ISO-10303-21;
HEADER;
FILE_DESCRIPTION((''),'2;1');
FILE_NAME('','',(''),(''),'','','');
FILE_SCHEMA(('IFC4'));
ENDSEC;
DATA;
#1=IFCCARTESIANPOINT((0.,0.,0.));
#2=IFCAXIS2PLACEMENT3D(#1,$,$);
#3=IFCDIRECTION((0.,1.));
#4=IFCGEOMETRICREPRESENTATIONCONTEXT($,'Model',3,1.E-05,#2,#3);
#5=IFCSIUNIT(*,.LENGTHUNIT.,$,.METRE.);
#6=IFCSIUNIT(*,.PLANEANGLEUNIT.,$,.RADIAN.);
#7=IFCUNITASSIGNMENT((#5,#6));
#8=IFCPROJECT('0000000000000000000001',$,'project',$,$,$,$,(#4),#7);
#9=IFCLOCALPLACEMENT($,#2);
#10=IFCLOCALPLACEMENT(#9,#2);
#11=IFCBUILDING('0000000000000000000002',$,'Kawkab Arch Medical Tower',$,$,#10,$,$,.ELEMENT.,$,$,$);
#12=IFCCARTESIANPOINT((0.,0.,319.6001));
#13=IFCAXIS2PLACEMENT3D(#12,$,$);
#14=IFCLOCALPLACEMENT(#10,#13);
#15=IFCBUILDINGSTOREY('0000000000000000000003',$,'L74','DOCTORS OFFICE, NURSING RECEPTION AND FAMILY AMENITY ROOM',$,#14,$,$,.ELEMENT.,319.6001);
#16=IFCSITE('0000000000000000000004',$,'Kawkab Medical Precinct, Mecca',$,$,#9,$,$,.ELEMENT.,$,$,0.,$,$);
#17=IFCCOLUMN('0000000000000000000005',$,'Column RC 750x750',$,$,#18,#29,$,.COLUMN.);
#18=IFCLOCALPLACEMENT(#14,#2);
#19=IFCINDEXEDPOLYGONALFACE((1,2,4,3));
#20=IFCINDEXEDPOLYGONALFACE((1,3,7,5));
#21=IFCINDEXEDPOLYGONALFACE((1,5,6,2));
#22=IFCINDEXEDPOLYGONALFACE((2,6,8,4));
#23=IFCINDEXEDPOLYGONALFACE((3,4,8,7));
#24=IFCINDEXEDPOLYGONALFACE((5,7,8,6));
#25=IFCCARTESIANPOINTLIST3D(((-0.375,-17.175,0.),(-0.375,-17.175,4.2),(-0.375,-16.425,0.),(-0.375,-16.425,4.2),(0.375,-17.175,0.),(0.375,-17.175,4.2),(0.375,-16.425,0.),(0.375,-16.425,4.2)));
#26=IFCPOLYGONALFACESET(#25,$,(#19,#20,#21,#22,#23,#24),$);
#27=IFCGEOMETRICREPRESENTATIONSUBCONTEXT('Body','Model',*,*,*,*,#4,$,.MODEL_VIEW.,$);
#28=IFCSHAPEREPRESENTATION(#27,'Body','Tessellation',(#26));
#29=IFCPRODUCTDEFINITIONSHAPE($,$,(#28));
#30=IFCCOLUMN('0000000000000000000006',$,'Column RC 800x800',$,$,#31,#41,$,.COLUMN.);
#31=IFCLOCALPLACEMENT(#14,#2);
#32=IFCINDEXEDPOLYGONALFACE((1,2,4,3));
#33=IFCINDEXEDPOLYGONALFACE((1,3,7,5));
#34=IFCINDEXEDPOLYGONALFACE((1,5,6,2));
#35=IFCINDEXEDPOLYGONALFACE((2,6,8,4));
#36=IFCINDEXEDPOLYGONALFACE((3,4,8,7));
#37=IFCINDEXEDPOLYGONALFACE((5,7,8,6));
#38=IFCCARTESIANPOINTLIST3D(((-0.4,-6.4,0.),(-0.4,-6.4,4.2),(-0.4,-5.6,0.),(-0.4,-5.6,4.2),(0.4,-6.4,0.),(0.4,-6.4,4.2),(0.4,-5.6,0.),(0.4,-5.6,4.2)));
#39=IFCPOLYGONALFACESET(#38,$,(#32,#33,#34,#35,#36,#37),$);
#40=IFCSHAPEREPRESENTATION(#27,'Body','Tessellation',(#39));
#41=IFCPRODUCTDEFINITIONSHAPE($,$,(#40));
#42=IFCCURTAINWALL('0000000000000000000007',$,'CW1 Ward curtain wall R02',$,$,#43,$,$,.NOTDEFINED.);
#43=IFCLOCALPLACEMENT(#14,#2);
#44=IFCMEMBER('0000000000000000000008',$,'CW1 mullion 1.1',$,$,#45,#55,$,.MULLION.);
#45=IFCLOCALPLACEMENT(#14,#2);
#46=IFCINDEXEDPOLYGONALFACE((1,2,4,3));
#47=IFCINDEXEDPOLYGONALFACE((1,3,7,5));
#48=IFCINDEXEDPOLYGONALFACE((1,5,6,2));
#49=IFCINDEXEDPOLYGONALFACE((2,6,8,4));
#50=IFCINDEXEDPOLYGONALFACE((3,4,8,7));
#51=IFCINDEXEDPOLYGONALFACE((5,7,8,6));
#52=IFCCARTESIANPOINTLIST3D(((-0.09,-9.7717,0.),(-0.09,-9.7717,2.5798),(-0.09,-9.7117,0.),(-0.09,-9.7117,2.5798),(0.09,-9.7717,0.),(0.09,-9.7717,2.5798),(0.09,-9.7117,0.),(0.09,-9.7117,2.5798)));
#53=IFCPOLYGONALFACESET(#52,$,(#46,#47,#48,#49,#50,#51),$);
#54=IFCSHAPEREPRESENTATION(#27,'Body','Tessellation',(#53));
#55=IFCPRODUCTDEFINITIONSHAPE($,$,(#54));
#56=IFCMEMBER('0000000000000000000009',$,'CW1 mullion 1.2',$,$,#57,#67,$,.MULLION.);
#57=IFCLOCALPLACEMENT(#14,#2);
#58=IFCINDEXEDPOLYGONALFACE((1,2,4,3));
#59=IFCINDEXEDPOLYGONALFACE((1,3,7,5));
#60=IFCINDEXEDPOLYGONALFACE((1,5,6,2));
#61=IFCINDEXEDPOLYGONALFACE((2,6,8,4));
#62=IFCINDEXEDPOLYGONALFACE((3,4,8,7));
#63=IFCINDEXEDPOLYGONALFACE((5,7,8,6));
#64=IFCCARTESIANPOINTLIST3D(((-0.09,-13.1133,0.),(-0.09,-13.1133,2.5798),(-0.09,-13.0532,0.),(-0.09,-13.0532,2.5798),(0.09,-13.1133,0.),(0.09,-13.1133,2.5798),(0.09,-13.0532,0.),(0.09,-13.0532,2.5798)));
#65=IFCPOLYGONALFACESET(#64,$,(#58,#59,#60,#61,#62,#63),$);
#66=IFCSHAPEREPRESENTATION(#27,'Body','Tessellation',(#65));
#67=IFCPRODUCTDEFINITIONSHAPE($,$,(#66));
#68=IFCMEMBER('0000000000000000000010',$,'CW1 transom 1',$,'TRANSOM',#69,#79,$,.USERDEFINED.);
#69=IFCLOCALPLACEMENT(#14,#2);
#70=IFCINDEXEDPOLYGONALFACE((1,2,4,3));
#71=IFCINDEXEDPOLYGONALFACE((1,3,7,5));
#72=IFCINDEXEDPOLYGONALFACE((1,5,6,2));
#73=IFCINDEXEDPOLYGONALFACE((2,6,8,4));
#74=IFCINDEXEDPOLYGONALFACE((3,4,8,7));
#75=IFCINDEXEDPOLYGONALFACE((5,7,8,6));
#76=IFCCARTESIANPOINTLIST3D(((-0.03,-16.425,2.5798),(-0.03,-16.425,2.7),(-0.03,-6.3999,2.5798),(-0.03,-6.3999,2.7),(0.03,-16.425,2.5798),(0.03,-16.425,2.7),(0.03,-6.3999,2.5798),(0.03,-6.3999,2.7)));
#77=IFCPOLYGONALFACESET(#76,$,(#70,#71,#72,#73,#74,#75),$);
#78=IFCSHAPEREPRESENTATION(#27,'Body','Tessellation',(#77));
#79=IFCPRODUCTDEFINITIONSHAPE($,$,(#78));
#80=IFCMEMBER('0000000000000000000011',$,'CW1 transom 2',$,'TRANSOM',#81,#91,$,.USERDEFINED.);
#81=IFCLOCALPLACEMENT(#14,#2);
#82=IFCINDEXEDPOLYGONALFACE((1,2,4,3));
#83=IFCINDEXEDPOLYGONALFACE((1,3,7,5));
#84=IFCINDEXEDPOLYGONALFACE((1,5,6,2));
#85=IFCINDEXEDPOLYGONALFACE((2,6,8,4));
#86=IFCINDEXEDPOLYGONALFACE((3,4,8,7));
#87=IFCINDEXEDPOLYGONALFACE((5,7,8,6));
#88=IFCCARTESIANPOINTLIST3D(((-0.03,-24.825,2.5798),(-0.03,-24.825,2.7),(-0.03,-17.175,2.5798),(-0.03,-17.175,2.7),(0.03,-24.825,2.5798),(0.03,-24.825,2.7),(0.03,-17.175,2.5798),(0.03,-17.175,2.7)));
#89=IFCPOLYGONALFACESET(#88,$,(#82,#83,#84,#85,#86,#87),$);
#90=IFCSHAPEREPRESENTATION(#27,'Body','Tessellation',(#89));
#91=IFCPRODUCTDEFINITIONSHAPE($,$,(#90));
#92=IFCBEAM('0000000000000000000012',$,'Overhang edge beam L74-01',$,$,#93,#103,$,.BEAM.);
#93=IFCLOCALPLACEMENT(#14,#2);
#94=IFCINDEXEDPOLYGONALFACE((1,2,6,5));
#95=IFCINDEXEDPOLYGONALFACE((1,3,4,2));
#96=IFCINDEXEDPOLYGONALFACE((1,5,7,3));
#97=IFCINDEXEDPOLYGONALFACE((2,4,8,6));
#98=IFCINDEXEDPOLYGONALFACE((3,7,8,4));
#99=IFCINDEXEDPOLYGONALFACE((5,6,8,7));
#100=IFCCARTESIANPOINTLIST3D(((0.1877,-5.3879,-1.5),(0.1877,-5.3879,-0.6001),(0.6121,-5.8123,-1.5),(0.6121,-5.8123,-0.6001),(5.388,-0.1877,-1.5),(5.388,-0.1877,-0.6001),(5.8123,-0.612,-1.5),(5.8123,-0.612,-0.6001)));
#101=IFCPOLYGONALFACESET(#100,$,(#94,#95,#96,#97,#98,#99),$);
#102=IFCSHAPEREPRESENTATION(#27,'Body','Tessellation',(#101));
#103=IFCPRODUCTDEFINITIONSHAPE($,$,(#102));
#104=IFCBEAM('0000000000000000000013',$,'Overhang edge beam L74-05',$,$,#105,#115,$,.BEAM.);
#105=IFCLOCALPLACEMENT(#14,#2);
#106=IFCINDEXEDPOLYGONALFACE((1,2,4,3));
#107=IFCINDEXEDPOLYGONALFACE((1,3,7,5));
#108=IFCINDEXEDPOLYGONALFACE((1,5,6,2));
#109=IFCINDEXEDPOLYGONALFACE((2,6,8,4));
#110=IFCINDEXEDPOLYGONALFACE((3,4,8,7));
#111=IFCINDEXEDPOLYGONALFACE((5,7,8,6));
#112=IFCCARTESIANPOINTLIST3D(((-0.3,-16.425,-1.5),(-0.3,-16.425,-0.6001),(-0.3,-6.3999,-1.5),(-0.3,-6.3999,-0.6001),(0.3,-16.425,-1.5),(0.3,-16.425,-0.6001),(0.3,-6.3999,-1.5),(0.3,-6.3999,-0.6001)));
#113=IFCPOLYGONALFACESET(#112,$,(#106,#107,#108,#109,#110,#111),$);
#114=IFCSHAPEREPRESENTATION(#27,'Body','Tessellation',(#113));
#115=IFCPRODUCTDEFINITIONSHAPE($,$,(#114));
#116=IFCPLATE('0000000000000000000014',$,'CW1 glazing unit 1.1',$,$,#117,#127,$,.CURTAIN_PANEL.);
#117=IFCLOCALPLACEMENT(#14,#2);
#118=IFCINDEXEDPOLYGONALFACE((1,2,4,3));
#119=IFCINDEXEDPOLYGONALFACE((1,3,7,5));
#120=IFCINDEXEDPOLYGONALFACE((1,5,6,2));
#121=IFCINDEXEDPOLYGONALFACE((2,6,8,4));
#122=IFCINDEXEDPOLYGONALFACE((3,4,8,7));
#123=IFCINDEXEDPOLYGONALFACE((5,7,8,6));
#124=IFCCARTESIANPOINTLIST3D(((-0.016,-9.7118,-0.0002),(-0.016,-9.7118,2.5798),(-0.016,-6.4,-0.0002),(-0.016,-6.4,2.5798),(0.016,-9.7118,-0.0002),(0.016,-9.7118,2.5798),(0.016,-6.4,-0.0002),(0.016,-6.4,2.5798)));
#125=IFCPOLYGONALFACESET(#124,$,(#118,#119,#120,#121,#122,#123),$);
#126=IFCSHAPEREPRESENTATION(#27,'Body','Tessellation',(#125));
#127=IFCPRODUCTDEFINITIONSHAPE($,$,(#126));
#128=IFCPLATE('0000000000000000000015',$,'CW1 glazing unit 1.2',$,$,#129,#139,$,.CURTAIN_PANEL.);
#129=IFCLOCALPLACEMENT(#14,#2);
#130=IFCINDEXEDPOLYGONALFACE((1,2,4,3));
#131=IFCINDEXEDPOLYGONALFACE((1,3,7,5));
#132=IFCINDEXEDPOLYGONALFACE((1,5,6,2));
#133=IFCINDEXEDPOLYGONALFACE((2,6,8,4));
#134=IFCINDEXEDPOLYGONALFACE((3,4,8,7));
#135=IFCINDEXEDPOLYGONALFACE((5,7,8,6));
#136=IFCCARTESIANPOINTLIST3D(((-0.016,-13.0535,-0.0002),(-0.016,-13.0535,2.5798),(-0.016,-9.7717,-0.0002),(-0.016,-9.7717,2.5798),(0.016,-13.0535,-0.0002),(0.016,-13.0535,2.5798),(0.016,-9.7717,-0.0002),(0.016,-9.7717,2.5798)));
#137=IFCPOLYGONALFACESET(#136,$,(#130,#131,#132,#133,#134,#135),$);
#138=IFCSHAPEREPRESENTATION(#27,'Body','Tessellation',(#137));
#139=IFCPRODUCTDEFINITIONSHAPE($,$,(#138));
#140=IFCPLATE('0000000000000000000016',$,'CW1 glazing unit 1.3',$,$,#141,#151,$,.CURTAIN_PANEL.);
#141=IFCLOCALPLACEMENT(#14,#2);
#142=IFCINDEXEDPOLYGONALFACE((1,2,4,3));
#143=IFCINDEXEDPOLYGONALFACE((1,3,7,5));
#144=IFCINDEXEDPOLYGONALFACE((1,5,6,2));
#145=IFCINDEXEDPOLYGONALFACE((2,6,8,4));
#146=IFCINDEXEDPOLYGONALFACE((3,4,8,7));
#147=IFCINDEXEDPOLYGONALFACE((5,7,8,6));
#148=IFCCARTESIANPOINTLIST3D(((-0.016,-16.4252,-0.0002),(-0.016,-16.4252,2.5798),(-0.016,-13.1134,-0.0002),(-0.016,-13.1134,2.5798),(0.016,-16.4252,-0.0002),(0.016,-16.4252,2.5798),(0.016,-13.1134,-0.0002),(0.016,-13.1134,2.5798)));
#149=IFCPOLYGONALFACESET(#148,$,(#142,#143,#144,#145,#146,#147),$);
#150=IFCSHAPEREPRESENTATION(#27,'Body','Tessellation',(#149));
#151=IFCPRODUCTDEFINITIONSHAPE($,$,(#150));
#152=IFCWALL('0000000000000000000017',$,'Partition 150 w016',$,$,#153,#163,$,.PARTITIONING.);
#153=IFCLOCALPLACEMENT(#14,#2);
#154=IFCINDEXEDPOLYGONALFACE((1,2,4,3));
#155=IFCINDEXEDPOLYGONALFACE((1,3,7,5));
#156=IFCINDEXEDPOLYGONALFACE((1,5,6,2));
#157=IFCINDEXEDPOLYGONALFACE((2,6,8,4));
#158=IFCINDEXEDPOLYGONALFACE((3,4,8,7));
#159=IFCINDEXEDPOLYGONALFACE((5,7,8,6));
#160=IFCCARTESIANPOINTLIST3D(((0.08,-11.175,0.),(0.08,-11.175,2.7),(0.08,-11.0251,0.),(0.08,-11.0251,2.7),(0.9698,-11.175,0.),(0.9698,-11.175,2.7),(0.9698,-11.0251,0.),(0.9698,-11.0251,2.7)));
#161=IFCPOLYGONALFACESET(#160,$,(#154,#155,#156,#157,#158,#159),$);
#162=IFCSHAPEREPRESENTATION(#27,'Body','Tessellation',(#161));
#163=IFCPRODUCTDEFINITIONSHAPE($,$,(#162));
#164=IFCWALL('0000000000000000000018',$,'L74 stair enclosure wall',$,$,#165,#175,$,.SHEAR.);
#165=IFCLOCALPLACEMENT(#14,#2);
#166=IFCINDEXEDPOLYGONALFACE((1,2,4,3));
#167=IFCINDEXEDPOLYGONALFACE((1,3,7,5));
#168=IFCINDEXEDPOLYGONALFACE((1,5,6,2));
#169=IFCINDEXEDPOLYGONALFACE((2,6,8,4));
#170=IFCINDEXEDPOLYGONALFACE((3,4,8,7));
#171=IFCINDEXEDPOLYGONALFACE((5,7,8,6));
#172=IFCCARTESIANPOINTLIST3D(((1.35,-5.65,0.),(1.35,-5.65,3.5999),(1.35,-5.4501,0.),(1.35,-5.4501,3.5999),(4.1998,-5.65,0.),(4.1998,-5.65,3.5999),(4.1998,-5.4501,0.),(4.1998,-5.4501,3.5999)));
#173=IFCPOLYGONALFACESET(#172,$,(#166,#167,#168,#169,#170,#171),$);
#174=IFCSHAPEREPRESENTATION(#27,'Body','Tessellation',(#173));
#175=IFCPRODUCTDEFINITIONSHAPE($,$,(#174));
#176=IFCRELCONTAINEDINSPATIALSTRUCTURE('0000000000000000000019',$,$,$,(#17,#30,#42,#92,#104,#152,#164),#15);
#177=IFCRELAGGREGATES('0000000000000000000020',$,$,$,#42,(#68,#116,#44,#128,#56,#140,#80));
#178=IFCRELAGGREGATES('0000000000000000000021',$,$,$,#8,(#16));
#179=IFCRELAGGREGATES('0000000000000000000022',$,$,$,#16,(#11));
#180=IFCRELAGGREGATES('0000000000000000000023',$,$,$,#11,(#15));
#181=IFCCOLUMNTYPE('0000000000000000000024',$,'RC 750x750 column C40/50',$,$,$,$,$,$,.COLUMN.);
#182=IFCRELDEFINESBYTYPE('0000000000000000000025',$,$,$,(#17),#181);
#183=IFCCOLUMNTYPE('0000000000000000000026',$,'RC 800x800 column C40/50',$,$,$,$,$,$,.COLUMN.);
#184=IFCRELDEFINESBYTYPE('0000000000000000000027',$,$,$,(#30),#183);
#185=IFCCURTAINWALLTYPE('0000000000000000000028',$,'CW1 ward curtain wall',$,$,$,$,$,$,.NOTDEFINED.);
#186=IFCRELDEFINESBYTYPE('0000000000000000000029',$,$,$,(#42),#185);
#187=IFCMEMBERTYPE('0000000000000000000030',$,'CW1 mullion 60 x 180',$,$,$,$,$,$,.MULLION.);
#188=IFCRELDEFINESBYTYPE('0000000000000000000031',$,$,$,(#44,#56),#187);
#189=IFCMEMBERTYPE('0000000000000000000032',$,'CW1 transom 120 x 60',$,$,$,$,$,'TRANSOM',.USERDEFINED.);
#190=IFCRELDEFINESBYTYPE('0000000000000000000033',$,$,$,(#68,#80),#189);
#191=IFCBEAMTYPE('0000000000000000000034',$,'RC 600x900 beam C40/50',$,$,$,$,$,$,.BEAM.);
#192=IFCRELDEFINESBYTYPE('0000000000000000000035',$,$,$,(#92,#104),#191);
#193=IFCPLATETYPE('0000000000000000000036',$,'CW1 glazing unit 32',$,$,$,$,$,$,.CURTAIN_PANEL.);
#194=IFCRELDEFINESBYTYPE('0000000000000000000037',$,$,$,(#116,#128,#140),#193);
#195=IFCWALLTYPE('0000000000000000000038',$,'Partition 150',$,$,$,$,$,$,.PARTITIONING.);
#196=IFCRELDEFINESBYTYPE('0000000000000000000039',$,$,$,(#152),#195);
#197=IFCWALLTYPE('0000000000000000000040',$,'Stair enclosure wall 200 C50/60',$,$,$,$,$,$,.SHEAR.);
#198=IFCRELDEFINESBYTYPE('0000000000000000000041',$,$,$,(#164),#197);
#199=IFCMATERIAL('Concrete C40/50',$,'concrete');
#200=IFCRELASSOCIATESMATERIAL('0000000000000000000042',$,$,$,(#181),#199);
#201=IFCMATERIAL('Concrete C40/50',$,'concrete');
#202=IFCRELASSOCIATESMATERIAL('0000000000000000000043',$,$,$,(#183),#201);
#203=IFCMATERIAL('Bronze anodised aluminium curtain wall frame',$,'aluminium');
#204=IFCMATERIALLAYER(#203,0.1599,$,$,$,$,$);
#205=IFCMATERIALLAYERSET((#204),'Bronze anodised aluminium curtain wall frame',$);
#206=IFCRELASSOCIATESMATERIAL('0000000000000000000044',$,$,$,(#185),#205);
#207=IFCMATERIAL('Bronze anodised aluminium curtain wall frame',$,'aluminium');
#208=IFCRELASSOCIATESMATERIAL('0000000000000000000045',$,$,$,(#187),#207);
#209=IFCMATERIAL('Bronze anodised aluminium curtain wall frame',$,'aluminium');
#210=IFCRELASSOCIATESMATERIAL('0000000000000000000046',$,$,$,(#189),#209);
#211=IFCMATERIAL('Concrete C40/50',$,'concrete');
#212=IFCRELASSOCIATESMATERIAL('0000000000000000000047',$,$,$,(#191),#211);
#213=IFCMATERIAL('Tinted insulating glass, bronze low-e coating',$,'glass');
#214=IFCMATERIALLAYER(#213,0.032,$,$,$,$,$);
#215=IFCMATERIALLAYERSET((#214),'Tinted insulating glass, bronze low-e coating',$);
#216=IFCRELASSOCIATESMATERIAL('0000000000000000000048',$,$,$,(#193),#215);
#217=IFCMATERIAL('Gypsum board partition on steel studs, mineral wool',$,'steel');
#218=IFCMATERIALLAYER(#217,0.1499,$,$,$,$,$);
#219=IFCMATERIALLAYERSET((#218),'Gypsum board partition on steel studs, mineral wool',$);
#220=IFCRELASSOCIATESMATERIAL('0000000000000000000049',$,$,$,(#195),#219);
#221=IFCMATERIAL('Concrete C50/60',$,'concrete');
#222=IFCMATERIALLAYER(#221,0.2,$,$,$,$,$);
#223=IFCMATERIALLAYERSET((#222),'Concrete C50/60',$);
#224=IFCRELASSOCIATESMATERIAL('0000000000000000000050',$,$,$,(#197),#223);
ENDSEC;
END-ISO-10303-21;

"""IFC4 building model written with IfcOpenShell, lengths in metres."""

from ifc_helpers import new_model, si_unit, direction, frame, frame_2d, origin, origin_2d, place, context, subcontext, project, spatial, rectangle, extrude, material, layer, layer_set, material_profile, profile_set, type_object, element, aggregate, save


model = new_model("IFC4")

# Units and contexts
model_context = context("Model", 3, precision=1e-05, world=origin(), true_north=direction((0.0, 1.0)))
body_context = subcontext(model_context, "Body", "Model", "MODEL_VIEW")
ifc_project = project(units=[si_unit("LENGTHUNIT", "METRE"), si_unit("PLANEANGLEUNIT", "RADIAN")], contexts=[model_context])

# Site, building, storey
site_placement = place(None, origin())
site = spatial("IfcSite", under=ifc_project, at=site_placement, Name="Kawkab Medical Precinct, Mecca", CompositionType="ELEMENT", RefElevation=0.0)
building_placement = place(site_placement, origin())
building = spatial("IfcBuilding", under=site, at=building_placement, Name="Kawkab Arch Medical Tower", CompositionType="ELEMENT")
storey_placement = place(building_placement, frame((0.0, 0.0, 319.6001)))
storey = spatial("IfcBuildingStorey", under=building, at=storey_placement, Name="L74", Description="DOCTORS OFFICE, NURSING RECEPTION AND FAMILY AMENITY ROOM", CompositionType="ELEMENT", Elevation=319.6001)

# Columns
ifc_material_1 = material(Name="Concrete C40/50", Category="concrete")
ifc_material_profile_1 = material_profile(ifc_material_1, rectangle(XDim=0.75, YDim=0.75, at=origin_2d()), Name="RC 750x750")
ifc_profile_set_1 = profile_set([ifc_material_profile_1], Name="Concrete C40/50")
column_type_1 = type_object("IfcColumnType", Name="RC 750x750 column C40/50", PredefinedType="COLUMN", material=ifc_profile_set_1)
column_1_placement = place(storey_placement, frame((0.0, -16.8, 0.0), z_axis=(0.0, 0.0, 1.0), x_axis=(1.0, 0.0, 0.0)))
element("IfcColumn", 1, at=column_1_placement, inside=storey, type_object=column_type_1, Name="Column RC 750x750", PredefinedType="COLUMN", context=body_context, shape_type="SweptSolid", body=[
    extrude(rectangle(XDim=0.75, YDim=0.75, at=origin_2d()), origin(), (0.0, 0.0, 1.0), 4.2),
])
ifc_material_2 = material(Name="Concrete C40/50", Category="concrete")
ifc_material_profile_2 = material_profile(ifc_material_2, rectangle(XDim=0.8, YDim=0.8, at=origin_2d()), Name="RC 800x800")
ifc_profile_set_2 = profile_set([ifc_material_profile_2], Name="Concrete C40/50")
column_type_2 = type_object("IfcColumnType", Name="RC 800x800 column C40/50", PredefinedType="COLUMN", material=ifc_profile_set_2)
column_2_placement = place(storey_placement, frame((0.0, -6.0, 0.0), z_axis=(0.0, 0.0, 1.0), x_axis=(1.0, 0.0, 0.0)))
element("IfcColumn", 2, at=column_2_placement, inside=storey, type_object=column_type_2, Name="Column RC 800x800", PredefinedType="COLUMN", context=body_context, shape_type="SweptSolid", body=[
    extrude(rectangle(XDim=0.8, YDim=0.8, at=origin_2d()), origin(), (0.0, 0.0, 1.0), 4.2),
])

# Curtain wall, members
ifc_material_3 = material(Name="Bronze anodised aluminium curtain wall frame", Category="aluminium")
ifc_layer_1 = layer(ifc_material_3, 0.1599)
ifc_layer_set_1 = layer_set([ifc_layer_1], Name="Bronze anodised aluminium curtain wall frame")
curtain_wall_type = type_object("IfcCurtainWallType", Name="CW1 ward curtain wall", PredefinedType="NOTDEFINED", material=ifc_layer_set_1)
curtain_wall_placement = place(storey_placement, origin())
curtain_wall = element("IfcCurtainWall", 3, at=curtain_wall_placement, inside=storey, type_object=curtain_wall_type, Name="CW1 Ward curtain wall R02", PredefinedType="NOTDEFINED")
ifc_material_4 = material(Name="Bronze anodised aluminium curtain wall frame", Category="aluminium")
ifc_material_profile_3 = material_profile(ifc_material_4, rectangle(XDim=0.1799, YDim=0.0601, at=origin_2d()), Name="AL 60x180")
ifc_profile_set_3 = profile_set([ifc_material_profile_3], Name="Bronze anodised aluminium curtain wall frame")
member_type_1 = type_object("IfcMemberType", Name="CW1 mullion 60 x 180", PredefinedType="MULLION", material=ifc_profile_set_3)
member_1_placement = place(storey_placement, frame((0.0, -9.7417, 0.0), z_axis=(0.0, 0.0, 1.0), x_axis=(1.0, 0.0, 0.0)))
member_1 = element("IfcMember", 4, at=member_1_placement, type_object=member_type_1, Name="CW1 mullion 1.1", PredefinedType="MULLION", context=body_context, shape_type="SweptSolid", body=[
    extrude(rectangle(XDim=0.1799, YDim=0.0601, at=origin_2d()), origin(), (0.0, 0.0, 1.0), 2.5798),
])
member_2_placement = place(storey_placement, frame((0.0, -13.0833, 0.0), z_axis=(0.0, 0.0, 1.0), x_axis=(1.0, 0.0, 0.0)))
member_2 = element("IfcMember", 5, at=member_2_placement, type_object=member_type_1, Name="CW1 mullion 1.2", PredefinedType="MULLION", context=body_context, shape_type="SweptSolid", body=[
    extrude(rectangle(XDim=0.1799, YDim=0.0601, at=origin_2d()), origin(), (0.0, 0.0, 1.0), 2.5798),
])
ifc_material_5 = material(Name="Bronze anodised aluminium curtain wall frame", Category="aluminium")
ifc_material_profile_4 = material_profile(ifc_material_5, rectangle(XDim=0.0601, YDim=0.1201, at=origin_2d()), Name="AL 60x120")
ifc_profile_set_4 = profile_set([ifc_material_profile_4], Name="Bronze anodised aluminium curtain wall frame")
member_type_2 = type_object("IfcMemberType", Name="CW1 transom 120 x 60", ElementType="TRANSOM", PredefinedType="USERDEFINED", material=ifc_profile_set_4)
member_3_placement = place(storey_placement, frame((0.0, -6.3999, 2.6399), z_axis=(0.0, -1.0, 0.0), x_axis=(1.0, 0.0, 0.0)))
member_3 = element("IfcMember", 6, at=member_3_placement, type_object=member_type_2, Name="CW1 transom 1", ObjectType="TRANSOM", PredefinedType="USERDEFINED", context=body_context, shape_type="SweptSolid", body=[
    extrude(rectangle(XDim=0.0601, YDim=0.1201, at=origin_2d()), origin(), (0.0, 0.0, 1.0), 10.0251),
])
member_4_placement = place(storey_placement, frame((0.0, -17.175, 2.6399), z_axis=(0.0, -1.0, 0.0), x_axis=(1.0, 0.0, 0.0)))
member_4 = element("IfcMember", 7, at=member_4_placement, type_object=member_type_2, Name="CW1 transom 2", ObjectType="TRANSOM", PredefinedType="USERDEFINED", context=body_context, shape_type="SweptSolid", body=[
    extrude(rectangle(XDim=0.0601, YDim=0.1201, at=origin_2d()), origin(), (0.0, 0.0, 1.0), 7.6499),
])

# Beams
ifc_material_6 = material(Name="Concrete C40/50", Category="concrete")
ifc_material_profile_5 = material_profile(ifc_material_6, rectangle(XDim=0.6001, YDim=0.8999, at=origin_2d()), Name="RC 600x900")
ifc_profile_set_5 = profile_set([ifc_material_profile_5], Name="Concrete C40/50")
beam_type = type_object("IfcBeamType", Name="RC 600x900 beam C40/50", PredefinedType="BEAM", material=ifc_profile_set_5)
beam_1_placement = place(storey_placement, frame((0.3999, -5.6001, -1.05), z_axis=(0.707107, 0.707107, 0.0), x_axis=(-0.707107, 0.707107, 0.0)))
element("IfcBeam", 8, at=beam_1_placement, inside=storey, type_object=beam_type, Name="Overhang edge beam L74-01", PredefinedType="BEAM", context=body_context, shape_type="SweptSolid", body=[
    extrude(rectangle(XDim=0.6001, YDim=0.8999, at=origin_2d()), origin(), (0.0, 0.0, 1.0), 7.3542),
])
beam_2_placement = place(storey_placement, frame((0.0, -16.425, -1.05), z_axis=(0.0, 1.0, 0.0), x_axis=(-1.0, 0.0, 0.0)))
element("IfcBeam", 9, at=beam_2_placement, inside=storey, type_object=beam_type, Name="Overhang edge beam L74-05", PredefinedType="BEAM", context=body_context, shape_type="SweptSolid", body=[
    extrude(rectangle(XDim=0.6001, YDim=0.8999, at=origin_2d()), origin(), (0.0, 0.0, 1.0), 10.0251),
])

# Plates
ifc_material_7 = material(Name="Tinted insulating glass, bronze low-e coating", Category="glass")
ifc_layer_2 = layer(ifc_material_7, 0.032)
ifc_layer_set_2 = layer_set([ifc_layer_2], Name="Tinted insulating glass, bronze low-e coating")
plate_type = type_object("IfcPlateType", Name="CW1 glazing unit 32", PredefinedType="CURTAIN_PANEL", material=ifc_layer_set_2)
plate_1_placement = place(storey_placement, frame((0.0, -8.0559, -0.0002), z_axis=(0.0, 0.0, 1.0), x_axis=(0.0, -1.0, 0.0)))
plate_1 = element("IfcPlate", 10, at=plate_1_placement, type_object=plate_type, Name="CW1 glazing unit 1.1", PredefinedType="CURTAIN_PANEL", context=body_context, shape_type="SweptSolid", body=[
    extrude(rectangle(XDim=3.3118, YDim=0.032, at=origin_2d()), origin(), (0.0, 0.0, 1.0), 2.5801),
])
plate_2_placement = place(storey_placement, frame((0.0, -11.4126, -0.0002), z_axis=(0.0, 0.0, 1.0), x_axis=(0.0, -1.0, 0.0)))
plate_2 = element("IfcPlate", 11, at=plate_2_placement, type_object=plate_type, Name="CW1 glazing unit 1.2", PredefinedType="CURTAIN_PANEL", context=body_context, shape_type="SweptSolid", body=[
    extrude(rectangle(XDim=3.2817, YDim=0.032, at=origin_2d()), origin(), (0.0, 0.0, 1.0), 2.5801),
])
plate_3_placement = place(storey_placement, frame((0.0, -14.7693, -0.0002), z_axis=(0.0, 0.0, 1.0), x_axis=(0.0, -1.0, 0.0)))
plate_3 = element("IfcPlate", 12, at=plate_3_placement, type_object=plate_type, Name="CW1 glazing unit 1.3", PredefinedType="CURTAIN_PANEL", context=body_context, shape_type="SweptSolid", body=[
    extrude(rectangle(XDim=3.3118, YDim=0.032, at=origin_2d()), origin(), (0.0, 0.0, 1.0), 2.5801),
])
aggregate(curtain_wall, [member_3, plate_1, member_1, plate_2, member_2, plate_3, member_4])

# Walls
ifc_material_8 = material(Name="Gypsum board partition on steel studs, mineral wool", Category="steel")
ifc_layer_3 = layer(ifc_material_8, 0.1499)
ifc_layer_set_3 = layer_set([ifc_layer_3], Name="Gypsum board partition on steel studs, mineral wool")
wall_type_1 = type_object("IfcWallType", Name="Partition 150", PredefinedType="PARTITIONING", material=ifc_layer_set_3)
wall_1_placement = place(storey_placement, frame((0.0801, -11.1001, 0.0), z_axis=(0.0, 0.0, 1.0), x_axis=(1.0, 0.0, 0.0)))
element("IfcWall", 13, at=wall_1_placement, inside=storey, type_object=wall_type_1, Name="Partition 150 w016", PredefinedType="PARTITIONING", context=body_context, shape_type="SweptSolid", body=[
    extrude(rectangle(XDim=0.8899, YDim=0.1499, at=frame_2d((0.4448, 0.0))), origin(), (0.0, 0.0, 1.0), 2.7),
])
ifc_material_9 = material(Name="Concrete C50/60", Category="concrete")
ifc_layer_4 = layer(ifc_material_9, 0.2)
ifc_layer_set_4 = layer_set([ifc_layer_4], Name="Concrete C50/60")
wall_type_2 = type_object("IfcWallType", Name="Stair enclosure wall 200 C50/60", PredefinedType="SHEAR", material=ifc_layer_set_4)
for number, where, z_axis, x_axis, name in (
    (14, (1.3501, -5.55, 0.0), (0.0, 0.0, 1.0), (1.0, 0.0, 0.0), "L74 stair enclosure wall"),
):
    element("IfcWall", number, at=place(storey_placement, frame(where, z_axis=z_axis, x_axis=x_axis)), inside=storey, type_object=wall_type_2, Name=name, PredefinedType="SHEAR", context=body_context, shape_type="SweptSolid", body=[
        extrude(rectangle(XDim=2.8499, YDim=0.2, at=frame_2d((1.4248, 0.0))), origin(), (0.0, 0.0, 1.0), 3.5999),
    ])

save(model, "model.ifc")
